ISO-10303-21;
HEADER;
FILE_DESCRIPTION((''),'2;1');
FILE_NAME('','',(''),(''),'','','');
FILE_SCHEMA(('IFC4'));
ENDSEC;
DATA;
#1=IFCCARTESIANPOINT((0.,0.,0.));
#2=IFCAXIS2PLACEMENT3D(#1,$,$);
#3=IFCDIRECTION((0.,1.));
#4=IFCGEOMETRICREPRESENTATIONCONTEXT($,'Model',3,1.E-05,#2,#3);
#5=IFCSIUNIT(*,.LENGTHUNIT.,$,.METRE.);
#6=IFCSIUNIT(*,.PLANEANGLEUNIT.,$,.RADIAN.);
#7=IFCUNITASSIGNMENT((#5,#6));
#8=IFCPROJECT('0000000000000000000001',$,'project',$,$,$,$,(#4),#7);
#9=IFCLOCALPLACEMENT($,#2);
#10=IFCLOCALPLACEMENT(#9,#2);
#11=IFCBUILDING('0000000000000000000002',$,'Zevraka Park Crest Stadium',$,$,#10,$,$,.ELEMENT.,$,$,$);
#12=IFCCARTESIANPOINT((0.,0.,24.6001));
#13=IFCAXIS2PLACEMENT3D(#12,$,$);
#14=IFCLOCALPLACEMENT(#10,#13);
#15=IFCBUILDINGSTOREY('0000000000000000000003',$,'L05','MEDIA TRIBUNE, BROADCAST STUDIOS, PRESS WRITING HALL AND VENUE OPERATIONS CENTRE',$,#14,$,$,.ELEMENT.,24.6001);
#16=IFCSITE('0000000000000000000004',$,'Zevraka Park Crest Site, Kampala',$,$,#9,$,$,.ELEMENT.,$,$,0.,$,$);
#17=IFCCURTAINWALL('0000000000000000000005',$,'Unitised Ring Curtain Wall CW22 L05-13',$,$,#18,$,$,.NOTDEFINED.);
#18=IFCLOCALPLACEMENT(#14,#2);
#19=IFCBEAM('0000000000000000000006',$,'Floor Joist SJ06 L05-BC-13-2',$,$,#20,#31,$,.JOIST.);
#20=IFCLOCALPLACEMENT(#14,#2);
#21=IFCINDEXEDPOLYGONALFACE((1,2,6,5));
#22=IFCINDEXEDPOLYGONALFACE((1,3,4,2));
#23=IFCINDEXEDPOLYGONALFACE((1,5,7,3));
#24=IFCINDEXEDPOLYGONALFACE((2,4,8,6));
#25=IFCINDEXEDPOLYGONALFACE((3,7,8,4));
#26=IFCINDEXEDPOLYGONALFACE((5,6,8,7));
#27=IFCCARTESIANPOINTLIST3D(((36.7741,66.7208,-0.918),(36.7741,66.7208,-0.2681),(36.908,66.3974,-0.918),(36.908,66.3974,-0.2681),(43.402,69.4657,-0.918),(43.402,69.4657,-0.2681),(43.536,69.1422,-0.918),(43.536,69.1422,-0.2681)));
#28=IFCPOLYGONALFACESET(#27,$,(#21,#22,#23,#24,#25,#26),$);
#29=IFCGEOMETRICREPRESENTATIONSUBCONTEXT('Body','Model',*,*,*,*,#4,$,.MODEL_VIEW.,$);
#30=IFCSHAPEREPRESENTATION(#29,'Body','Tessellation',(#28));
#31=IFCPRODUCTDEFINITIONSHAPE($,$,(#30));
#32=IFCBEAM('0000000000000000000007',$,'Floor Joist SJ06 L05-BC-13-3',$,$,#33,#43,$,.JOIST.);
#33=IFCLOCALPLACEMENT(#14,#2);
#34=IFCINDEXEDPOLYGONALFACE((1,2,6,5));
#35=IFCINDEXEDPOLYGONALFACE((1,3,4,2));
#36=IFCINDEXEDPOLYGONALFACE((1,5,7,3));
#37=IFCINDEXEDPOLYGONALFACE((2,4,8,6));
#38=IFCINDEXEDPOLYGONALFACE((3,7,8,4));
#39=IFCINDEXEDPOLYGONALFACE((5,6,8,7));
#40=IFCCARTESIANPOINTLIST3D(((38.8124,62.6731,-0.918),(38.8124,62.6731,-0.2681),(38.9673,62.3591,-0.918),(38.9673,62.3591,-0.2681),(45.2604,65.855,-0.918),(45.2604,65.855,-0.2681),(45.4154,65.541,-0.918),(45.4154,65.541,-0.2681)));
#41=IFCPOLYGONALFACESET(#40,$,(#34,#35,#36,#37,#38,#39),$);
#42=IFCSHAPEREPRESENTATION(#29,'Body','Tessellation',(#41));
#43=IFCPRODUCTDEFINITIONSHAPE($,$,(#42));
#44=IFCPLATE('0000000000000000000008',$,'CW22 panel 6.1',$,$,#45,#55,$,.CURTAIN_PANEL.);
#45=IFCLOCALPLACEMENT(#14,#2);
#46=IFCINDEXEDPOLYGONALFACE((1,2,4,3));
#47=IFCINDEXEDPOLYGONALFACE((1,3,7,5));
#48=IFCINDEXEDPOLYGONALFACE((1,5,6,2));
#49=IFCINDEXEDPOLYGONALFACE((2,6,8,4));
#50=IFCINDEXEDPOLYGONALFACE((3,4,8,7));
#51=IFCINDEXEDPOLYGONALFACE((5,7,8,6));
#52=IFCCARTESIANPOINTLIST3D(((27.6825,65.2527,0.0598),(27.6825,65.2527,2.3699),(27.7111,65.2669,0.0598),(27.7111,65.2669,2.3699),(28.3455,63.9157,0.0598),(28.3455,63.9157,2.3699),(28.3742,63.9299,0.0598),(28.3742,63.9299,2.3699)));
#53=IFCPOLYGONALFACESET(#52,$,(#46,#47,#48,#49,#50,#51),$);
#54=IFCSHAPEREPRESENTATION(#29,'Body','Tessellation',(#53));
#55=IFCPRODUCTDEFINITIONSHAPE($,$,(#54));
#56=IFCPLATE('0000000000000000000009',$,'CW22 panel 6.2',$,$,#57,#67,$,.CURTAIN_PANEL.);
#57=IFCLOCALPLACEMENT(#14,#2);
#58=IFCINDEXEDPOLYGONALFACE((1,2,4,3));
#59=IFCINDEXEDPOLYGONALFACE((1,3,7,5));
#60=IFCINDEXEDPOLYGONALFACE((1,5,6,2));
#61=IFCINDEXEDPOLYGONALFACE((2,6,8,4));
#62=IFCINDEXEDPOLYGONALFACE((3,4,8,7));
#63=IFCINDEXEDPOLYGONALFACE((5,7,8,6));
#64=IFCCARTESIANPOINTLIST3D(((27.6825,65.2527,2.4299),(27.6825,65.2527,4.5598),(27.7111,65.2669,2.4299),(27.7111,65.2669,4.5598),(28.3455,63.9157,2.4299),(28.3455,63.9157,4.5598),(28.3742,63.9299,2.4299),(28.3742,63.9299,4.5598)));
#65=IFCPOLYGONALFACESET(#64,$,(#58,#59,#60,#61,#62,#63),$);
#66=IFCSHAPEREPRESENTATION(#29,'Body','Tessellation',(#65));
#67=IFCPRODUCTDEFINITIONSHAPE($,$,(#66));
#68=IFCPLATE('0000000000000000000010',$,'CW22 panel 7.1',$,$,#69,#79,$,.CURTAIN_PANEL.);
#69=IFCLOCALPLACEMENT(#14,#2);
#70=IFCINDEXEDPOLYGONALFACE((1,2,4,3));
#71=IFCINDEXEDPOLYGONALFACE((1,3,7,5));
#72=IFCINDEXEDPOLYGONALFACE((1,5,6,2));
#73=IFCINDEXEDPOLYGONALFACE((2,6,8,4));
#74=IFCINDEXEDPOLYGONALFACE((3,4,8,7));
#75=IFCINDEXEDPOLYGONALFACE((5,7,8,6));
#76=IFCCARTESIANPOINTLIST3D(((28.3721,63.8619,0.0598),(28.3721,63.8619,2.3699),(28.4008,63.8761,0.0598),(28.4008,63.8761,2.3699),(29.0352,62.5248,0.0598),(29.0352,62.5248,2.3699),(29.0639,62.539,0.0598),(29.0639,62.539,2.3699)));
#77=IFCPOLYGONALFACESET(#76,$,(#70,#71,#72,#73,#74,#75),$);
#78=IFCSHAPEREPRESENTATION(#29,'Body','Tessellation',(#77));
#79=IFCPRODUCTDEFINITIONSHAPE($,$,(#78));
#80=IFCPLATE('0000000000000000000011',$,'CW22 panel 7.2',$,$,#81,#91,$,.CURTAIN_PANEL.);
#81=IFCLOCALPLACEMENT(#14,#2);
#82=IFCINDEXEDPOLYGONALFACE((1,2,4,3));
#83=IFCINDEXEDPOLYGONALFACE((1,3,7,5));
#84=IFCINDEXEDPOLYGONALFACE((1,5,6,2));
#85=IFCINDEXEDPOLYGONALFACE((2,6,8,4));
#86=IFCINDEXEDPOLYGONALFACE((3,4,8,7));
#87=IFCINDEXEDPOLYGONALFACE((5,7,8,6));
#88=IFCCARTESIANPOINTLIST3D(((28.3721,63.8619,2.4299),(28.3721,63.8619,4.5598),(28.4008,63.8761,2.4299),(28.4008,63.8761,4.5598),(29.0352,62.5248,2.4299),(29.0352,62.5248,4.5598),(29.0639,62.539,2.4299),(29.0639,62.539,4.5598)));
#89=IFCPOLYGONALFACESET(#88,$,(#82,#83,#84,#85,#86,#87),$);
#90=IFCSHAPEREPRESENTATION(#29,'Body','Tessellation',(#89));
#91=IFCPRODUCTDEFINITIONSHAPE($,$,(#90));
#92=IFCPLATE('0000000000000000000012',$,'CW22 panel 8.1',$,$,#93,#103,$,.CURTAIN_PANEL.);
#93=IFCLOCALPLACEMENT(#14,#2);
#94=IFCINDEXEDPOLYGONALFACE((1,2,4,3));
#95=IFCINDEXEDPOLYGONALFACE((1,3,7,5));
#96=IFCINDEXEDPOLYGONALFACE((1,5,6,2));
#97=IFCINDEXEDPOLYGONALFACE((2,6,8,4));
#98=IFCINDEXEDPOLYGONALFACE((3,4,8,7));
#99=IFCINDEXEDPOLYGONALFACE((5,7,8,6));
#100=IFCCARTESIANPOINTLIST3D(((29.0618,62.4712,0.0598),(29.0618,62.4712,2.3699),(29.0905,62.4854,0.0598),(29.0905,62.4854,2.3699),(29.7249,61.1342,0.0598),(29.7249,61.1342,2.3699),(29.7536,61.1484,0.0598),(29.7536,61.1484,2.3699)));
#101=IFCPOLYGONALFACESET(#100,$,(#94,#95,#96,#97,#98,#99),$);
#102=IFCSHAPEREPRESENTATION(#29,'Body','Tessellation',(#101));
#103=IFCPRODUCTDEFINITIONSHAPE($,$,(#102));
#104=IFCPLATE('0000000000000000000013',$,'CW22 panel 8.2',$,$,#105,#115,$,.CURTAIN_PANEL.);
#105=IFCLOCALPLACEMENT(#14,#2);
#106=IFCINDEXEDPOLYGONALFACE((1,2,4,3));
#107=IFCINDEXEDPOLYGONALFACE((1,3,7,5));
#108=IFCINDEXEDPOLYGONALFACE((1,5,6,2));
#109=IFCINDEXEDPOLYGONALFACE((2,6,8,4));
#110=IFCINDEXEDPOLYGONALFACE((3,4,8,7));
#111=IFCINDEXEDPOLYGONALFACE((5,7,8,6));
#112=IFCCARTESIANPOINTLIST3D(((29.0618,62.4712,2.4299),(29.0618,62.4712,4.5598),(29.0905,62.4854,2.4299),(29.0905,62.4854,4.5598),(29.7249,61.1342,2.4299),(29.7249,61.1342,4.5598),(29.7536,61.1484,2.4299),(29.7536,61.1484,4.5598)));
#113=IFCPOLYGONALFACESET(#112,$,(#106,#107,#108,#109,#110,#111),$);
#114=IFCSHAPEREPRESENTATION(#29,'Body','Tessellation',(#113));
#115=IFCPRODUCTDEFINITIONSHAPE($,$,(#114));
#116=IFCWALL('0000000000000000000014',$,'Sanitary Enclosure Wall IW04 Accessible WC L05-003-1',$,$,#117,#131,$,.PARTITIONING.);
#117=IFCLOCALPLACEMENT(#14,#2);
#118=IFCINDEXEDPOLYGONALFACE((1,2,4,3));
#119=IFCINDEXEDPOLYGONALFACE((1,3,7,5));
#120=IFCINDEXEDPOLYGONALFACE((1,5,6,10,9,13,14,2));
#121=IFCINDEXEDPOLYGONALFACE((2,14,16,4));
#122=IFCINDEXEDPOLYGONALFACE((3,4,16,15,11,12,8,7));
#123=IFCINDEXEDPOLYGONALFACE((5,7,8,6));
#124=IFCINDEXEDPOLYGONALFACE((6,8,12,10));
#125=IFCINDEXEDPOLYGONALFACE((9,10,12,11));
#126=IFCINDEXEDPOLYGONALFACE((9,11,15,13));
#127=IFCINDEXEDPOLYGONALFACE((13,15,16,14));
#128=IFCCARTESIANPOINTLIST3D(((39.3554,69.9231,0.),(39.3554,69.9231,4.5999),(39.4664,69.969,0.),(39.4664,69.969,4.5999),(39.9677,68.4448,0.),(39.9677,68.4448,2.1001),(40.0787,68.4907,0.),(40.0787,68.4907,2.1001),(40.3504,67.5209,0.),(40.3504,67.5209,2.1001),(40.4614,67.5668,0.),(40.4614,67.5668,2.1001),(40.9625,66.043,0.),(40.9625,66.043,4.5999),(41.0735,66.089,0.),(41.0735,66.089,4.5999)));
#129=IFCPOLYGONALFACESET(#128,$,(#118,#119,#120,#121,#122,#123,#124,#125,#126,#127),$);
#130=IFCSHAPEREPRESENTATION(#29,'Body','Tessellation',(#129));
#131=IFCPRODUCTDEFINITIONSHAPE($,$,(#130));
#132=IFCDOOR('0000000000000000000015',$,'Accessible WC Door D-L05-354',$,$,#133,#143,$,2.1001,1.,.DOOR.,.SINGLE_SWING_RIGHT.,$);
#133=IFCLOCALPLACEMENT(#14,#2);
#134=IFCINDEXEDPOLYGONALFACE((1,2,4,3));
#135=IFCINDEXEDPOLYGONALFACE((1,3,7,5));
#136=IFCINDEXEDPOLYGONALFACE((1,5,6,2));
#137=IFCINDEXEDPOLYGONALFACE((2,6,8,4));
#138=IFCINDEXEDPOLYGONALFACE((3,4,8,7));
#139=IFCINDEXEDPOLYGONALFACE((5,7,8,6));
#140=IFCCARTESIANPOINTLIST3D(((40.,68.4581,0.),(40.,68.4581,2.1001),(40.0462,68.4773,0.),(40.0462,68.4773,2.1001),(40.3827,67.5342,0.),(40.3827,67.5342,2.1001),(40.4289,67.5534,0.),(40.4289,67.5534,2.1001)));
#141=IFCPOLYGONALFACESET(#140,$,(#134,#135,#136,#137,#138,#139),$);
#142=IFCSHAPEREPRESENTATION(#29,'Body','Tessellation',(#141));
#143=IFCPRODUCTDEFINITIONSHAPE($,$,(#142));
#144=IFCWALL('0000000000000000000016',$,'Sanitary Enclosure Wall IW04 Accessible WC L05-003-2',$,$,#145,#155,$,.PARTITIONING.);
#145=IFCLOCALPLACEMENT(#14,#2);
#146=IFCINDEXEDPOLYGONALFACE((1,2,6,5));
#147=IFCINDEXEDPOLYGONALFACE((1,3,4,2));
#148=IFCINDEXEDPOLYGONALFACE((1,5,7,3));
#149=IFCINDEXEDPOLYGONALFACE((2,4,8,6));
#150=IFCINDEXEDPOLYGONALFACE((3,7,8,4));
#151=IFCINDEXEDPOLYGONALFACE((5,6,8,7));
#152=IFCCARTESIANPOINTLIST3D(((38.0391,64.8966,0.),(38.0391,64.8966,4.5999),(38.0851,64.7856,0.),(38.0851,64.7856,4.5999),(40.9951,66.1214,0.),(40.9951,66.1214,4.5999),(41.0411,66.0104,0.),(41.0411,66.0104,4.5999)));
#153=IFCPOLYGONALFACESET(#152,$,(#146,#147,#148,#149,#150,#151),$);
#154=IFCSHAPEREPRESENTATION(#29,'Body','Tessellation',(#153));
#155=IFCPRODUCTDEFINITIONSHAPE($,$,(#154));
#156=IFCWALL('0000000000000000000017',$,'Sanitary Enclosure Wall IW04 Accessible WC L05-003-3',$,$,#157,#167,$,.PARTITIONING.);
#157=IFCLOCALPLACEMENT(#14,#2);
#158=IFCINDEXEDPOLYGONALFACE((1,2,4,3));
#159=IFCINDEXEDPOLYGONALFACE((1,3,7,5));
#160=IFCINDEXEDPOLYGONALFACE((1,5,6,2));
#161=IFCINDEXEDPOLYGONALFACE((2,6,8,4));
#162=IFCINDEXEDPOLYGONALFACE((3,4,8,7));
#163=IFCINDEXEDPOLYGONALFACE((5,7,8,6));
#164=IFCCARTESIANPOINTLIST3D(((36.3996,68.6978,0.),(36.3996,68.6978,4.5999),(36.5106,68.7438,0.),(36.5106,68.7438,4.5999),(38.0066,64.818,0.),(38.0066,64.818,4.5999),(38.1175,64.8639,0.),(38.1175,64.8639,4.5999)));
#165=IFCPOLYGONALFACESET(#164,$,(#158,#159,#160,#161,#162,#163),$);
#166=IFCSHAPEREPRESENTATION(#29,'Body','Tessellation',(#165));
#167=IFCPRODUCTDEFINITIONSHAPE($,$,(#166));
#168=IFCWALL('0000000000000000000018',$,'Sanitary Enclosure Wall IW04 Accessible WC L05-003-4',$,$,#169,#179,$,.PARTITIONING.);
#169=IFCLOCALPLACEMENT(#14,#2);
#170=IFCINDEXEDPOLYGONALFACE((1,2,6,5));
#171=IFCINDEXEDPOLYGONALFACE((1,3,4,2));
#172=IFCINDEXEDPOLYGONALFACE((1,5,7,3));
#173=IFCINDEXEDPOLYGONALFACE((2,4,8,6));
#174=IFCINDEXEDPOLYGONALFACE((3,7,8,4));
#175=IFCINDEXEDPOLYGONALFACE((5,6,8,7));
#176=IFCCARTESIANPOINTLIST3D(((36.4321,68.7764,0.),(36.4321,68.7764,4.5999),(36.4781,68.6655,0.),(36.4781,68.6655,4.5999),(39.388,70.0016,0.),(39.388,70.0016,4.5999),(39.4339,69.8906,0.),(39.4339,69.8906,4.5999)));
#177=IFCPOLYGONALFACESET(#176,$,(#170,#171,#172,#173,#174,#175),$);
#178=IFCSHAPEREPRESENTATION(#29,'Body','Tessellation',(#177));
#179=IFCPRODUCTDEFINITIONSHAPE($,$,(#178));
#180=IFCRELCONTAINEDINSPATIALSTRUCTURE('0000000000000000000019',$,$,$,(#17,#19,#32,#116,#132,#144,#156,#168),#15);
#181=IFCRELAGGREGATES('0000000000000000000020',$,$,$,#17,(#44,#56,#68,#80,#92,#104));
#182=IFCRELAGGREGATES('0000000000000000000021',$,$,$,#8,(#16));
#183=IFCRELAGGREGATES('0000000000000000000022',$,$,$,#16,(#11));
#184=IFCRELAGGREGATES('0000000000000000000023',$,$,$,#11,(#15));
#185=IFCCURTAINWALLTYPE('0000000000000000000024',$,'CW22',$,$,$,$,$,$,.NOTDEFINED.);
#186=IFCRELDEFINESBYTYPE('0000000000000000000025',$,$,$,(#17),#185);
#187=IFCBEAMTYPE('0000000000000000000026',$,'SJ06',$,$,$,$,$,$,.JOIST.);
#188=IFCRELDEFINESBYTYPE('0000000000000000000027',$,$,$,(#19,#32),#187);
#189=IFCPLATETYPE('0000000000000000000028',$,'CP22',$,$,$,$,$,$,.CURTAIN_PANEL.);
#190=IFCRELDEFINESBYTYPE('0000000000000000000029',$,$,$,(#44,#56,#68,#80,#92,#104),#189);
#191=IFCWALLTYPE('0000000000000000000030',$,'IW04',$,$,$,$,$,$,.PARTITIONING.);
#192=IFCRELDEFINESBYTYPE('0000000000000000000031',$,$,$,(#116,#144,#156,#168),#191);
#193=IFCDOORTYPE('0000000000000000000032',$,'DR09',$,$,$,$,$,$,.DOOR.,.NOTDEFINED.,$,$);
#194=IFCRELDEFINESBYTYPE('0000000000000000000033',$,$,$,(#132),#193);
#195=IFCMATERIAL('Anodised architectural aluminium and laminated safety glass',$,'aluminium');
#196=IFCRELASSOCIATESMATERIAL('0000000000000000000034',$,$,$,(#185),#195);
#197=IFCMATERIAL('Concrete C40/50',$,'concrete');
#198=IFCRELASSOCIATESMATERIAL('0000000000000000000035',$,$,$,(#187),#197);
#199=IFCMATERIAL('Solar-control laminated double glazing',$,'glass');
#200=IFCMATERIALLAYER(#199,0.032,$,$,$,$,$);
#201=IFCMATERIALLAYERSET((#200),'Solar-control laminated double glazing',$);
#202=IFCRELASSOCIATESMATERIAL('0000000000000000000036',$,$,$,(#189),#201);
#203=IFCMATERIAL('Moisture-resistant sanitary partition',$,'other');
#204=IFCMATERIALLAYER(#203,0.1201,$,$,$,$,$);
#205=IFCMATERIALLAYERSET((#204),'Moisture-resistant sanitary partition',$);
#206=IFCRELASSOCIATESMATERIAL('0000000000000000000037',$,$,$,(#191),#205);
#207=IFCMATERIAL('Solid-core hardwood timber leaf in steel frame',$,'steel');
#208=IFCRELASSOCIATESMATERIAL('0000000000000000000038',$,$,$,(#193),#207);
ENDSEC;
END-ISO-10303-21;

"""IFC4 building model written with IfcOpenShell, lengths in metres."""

from ifc_helpers import new_model, si_unit, direction, frame, frame_2d, origin, origin_2d, place, context, subcontext, project, spatial, rectangle, extrude, material, layer, layer_set, material_profile, profile_set, type_object, element, fill, aggregate, save


model = new_model("IFC4")

# Units and contexts
model_context = context("Model", 3, precision=1e-05, world=origin(), true_north=direction((0.0, 1.0)))
body_context = subcontext(model_context, "Body", "Model", "MODEL_VIEW")
ifc_project = project(units=[si_unit("LENGTHUNIT", "METRE"), si_unit("PLANEANGLEUNIT", "RADIAN")], contexts=[model_context])

# Site, building, storey
site_placement = place(None, origin())
site = spatial("IfcSite", under=ifc_project, at=site_placement, Name="Zevraka Park Crest Site, Kampala", CompositionType="ELEMENT", RefElevation=0.0)
building_placement = place(site_placement, origin())
building = spatial("IfcBuilding", under=site, at=building_placement, Name="Zevraka Park Crest Stadium", CompositionType="ELEMENT")
storey_placement = place(building_placement, frame((0.0, 0.0, 24.6001)))
storey = spatial("IfcBuildingStorey", under=building, at=storey_placement, Name="L05", Description="MEDIA TRIBUNE, BROADCAST STUDIOS, PRESS WRITING HALL AND VENUE OPERATIONS CENTRE", CompositionType="ELEMENT", Elevation=24.6001)

# Curtain wall
ifc_material_1 = material(Name="Anodised architectural aluminium and laminated safety glass", Category="aluminium")
curtain_wall_type = type_object("IfcCurtainWallType", Name="CW22", PredefinedType="NOTDEFINED", material=ifc_material_1)
curtain_wall_placement = place(storey_placement, origin())
curtain_wall = element("IfcCurtainWall", 1, at=curtain_wall_placement, inside=storey, type_object=curtain_wall_type, Name="Unitised Ring Curtain Wall CW22 L05-13", PredefinedType="NOTDEFINED")

# Beams
ifc_material_2 = material(Name="Concrete C40/50", Category="concrete")
ifc_material_profile_1 = material_profile(ifc_material_2, rectangle(XDim=0.3501, YDim=0.6499, at=origin_2d()), Name="RC 650x350")
ifc_profile_set_1 = profile_set([ifc_material_profile_1], Name="Concrete C40/50")
beam_type_1 = type_object("IfcBeamType", Name="SJ06", PredefinedType="JOIST", material=ifc_profile_set_1)
beam_1_placement = place(storey_placement, frame((43.469, 69.304, -0.593), z_axis=(-0.923904, -0.382623, 0.0), x_axis=(0.382623, -0.923904, 0.0)))
element("IfcBeam", 2, at=beam_1_placement, inside=storey, type_object=beam_type_1, Name="Floor Joist SJ06 L05-BC-13-2", PredefinedType="JOIST", context=body_context, shape_type="SweptSolid", body=[
    extrude(rectangle(XDim=0.3501, YDim=0.6499, at=origin_2d()), origin(), (0.0, 0.0, 1.0), 7.1738),
])
beam_2_placement = place(storey_placement, frame((45.3379, 65.698, -0.593), z_axis=(-0.896758, -0.442522, 0.0), x_axis=(0.442522, -0.896758, 0.0)))
element("IfcBeam", 3, at=beam_2_placement, inside=storey, type_object=beam_type_1, Name="Floor Joist SJ06 L05-BC-13-3", PredefinedType="JOIST", context=body_context, shape_type="SweptSolid", body=[
    extrude(rectangle(XDim=0.3501, YDim=0.6499, at=origin_2d()), origin(), (0.0, 0.0, 1.0), 7.1904),
])

# Plates
ifc_material_3 = material(Name="Solar-control laminated double glazing", Category="glass")
ifc_layer_1 = layer(ifc_material_3, 0.032)
ifc_layer_set_1 = layer_set([ifc_layer_1], Name="Solar-control laminated double glazing")
plate_type = type_object("IfcPlateType", Name="CP22", PredefinedType="CURTAIN_PANEL", material=ifc_layer_set_1)
plate_1_placement = place(storey_placement, frame((28.0283, 64.5913, 0.0598), z_axis=(0.0, 0.0, 1.0), x_axis=(0.444297, -0.895879, 0.0)))
plate_1 = element("IfcPlate", 4, at=plate_1_placement, type_object=plate_type, Name="CW22 panel 6.1", PredefinedType="CURTAIN_PANEL", context=body_context, shape_type="SweptSolid", body=[
    extrude(rectangle(XDim=1.4924, YDim=0.032, at=origin_2d()), origin(), (0.0, 0.0, 1.0), 2.3101),
])
plate_2_placement = place(storey_placement, frame((28.0283, 64.5913, 2.4299), z_axis=(0.0, 0.0, 1.0), x_axis=(0.444297, -0.895879, 0.0)))
plate_2 = element("IfcPlate", 5, at=plate_2_placement, type_object=plate_type, Name="CW22 panel 6.2", PredefinedType="CURTAIN_PANEL", context=body_context, shape_type="SweptSolid", body=[
    extrude(rectangle(XDim=1.4924, YDim=0.032, at=origin_2d()), origin(), (0.0, 0.0, 1.0), 2.1299),
])
plate_3_placement = place(storey_placement, frame((28.718, 63.2004, 0.0598), z_axis=(0.0, 0.0, 1.0), x_axis=(0.444297, -0.895879, 0.0)))
plate_3 = element("IfcPlate", 6, at=plate_3_placement, type_object=plate_type, Name="CW22 panel 7.1", PredefinedType="CURTAIN_PANEL", context=body_context, shape_type="SweptSolid", body=[
    extrude(rectangle(XDim=1.4924, YDim=0.032, at=origin_2d()), origin(), (0.0, 0.0, 1.0), 2.3101),
])
plate_4_placement = place(storey_placement, frame((28.718, 63.2004, 2.4299), z_axis=(0.0, 0.0, 1.0), x_axis=(0.444297, -0.895879, 0.0)))
plate_4 = element("IfcPlate", 7, at=plate_4_placement, type_object=plate_type, Name="CW22 panel 7.2", PredefinedType="CURTAIN_PANEL", context=body_context, shape_type="SweptSolid", body=[
    extrude(rectangle(XDim=1.4924, YDim=0.032, at=origin_2d()), origin(), (0.0, 0.0, 1.0), 2.1299),
])
plate_5_placement = place(storey_placement, frame((29.4077, 61.8098, 0.0598), z_axis=(0.0, 0.0, 1.0), x_axis=(0.444297, -0.895879, 0.0)))
plate_5 = element("IfcPlate", 8, at=plate_5_placement, type_object=plate_type, Name="CW22 panel 8.1", PredefinedType="CURTAIN_PANEL", context=body_context, shape_type="SweptSolid", body=[
    extrude(rectangle(XDim=1.4924, YDim=0.032, at=origin_2d()), origin(), (0.0, 0.0, 1.0), 2.3101),
])
plate_6_placement = place(storey_placement, frame((29.4077, 61.8098, 2.4299), z_axis=(0.0, 0.0, 1.0), x_axis=(0.444297, -0.895879, 0.0)))
plate_6 = element("IfcPlate", 9, at=plate_6_placement, type_object=plate_type, Name="CW22 panel 8.2", PredefinedType="CURTAIN_PANEL", context=body_context, shape_type="SweptSolid", body=[
    extrude(rectangle(XDim=1.4924, YDim=0.032, at=origin_2d()), origin(), (0.0, 0.0, 1.0), 2.1299),
])
aggregate(curtain_wall, [plate_1, plate_2, plate_3, plate_4, plate_5, plate_6])

# Wall, opening, door
ifc_material_4 = material(Name="Moisture-resistant sanitary partition", Category="other")
ifc_layer_2 = layer(ifc_material_4, 0.1201)
ifc_layer_set_2 = layer_set([ifc_layer_2], Name="Moisture-resistant sanitary partition")
wall_type_1 = type_object("IfcWallType", Name="IW04", PredefinedType="PARTITIONING", material=ifc_layer_set_2)
wall_1_placement = place(storey_placement, frame((39.4109, 69.946, 0.0), z_axis=(0.0, 0.0, 1.0), x_axis=(0.382679, -0.923882, 0.0)))
wall_1 = element("IfcWall", 10, at=wall_1_placement, inside=storey, type_object=wall_type_1, Name="Sanitary Enclosure Wall IW04 Accessible WC L05-003-1", PredefinedType="PARTITIONING", context=body_context, shape_type="SweptSolid", body=[
    extrude(rectangle(XDim=4.1997, YDim=0.1201, at=frame_2d((2.0999, 0.0))), origin(), (0.0, 0.0, 1.0), 4.5999),
])
opening_1_placement = place(wall_1_placement, frame((1.6001, 0.0, 0.0)))
opening_1 = element("IfcOpeningElement", 11, at=opening_1_placement, cuts=wall_1, PredefinedType="OPENING", context=body_context, shape_type="SweptSolid", body=[
    extrude(rectangle(XDim=1.0, YDim=2.1001, at=frame_2d((0.5, 1.05))), frame((0.0, 0.0701, 0.0), z_axis=(0.0, -1.0, 0.0), x_axis=(1.0, 0.0, 0.0)), (0.0, 0.0, 1.0), 0.1401),
])
ifc_material_5 = material(Name="Solid-core hardwood timber leaf in steel frame", Category="steel")
door_type_1 = type_object("IfcDoorType", Name="DR09", OperationType="NOTDEFINED", PredefinedType="DOOR", material=ifc_material_5)
door_1_placement = place(opening_1_placement, origin())
door_1 = element("IfcDoor", 12, at=door_1_placement, inside=storey, type_object=door_type_1, Name="Accessible WC Door D-L05-354", OperationType="SINGLE_SWING_RIGHT", OverallHeight=2.1001, OverallWidth=1.0, PredefinedType="DOOR", context=body_context, shape_type="SweptSolid", body=[
    extrude(rectangle(XDim=1.0, YDim=2.1001, at=frame_2d((0.5, 1.05))), frame((0.0, 0.0249, 0.0), z_axis=(0.0, -1.0, 0.0), x_axis=(1.0, 0.0, 0.0)), (0.0, 0.0, 1.0), 0.05),
])
fill(opening_1, door_1)

# Walls
wall_2_placement = place(storey_placement, frame((41.0181, 66.0659, 0.0), z_axis=(0.0, 0.0, 1.0), x_axis=(-0.923834, -0.382794, 0.0)))
element("IfcWall", 13, at=wall_2_placement, inside=storey, type_object=wall_type_1, Name="Sanitary Enclosure Wall IW04 Accessible WC L05-003-2", PredefinedType="PARTITIONING", context=body_context, shape_type="SweptSolid", body=[
    extrude(rectangle(XDim=3.1997, YDim=0.1201, at=frame_2d((1.5999, 0.0))), origin(), (0.0, 0.0, 1.0), 4.5999),
])
wall_3_placement = place(storey_placement, frame((38.062, 64.8411, 0.0), z_axis=(0.0, 0.0, 1.0), x_axis=(-0.38265, 0.923894, 0.0)))
element("IfcWall", 14, at=wall_3_placement, inside=storey, type_object=wall_type_1, Name="Sanitary Enclosure Wall IW04 Accessible WC L05-003-3", PredefinedType="PARTITIONING", context=body_context, shape_type="SweptSolid", body=[
    extrude(rectangle(XDim=4.1995, YDim=0.1201, at=frame_2d((2.0996, 0.0))), origin(), (0.0, 0.0, 1.0), 4.5999),
])
wall_4_placement = place(storey_placement, frame((36.4551, 68.7209, 0.0), z_axis=(0.0, 0.0, 1.0), x_axis=(0.923795, 0.382886, 0.0)))
element("IfcWall", 15, at=wall_4_placement, inside=storey, type_object=wall_type_1, Name="Sanitary Enclosure Wall IW04 Accessible WC L05-003-4", PredefinedType="PARTITIONING", context=body_context, shape_type="SweptSolid", body=[
    extrude(rectangle(XDim=3.1997, YDim=0.1201, at=frame_2d((1.5999, 0.0))), origin(), (0.0, 0.0, 1.0), 4.5999),
])

save(model, "model.ifc")
